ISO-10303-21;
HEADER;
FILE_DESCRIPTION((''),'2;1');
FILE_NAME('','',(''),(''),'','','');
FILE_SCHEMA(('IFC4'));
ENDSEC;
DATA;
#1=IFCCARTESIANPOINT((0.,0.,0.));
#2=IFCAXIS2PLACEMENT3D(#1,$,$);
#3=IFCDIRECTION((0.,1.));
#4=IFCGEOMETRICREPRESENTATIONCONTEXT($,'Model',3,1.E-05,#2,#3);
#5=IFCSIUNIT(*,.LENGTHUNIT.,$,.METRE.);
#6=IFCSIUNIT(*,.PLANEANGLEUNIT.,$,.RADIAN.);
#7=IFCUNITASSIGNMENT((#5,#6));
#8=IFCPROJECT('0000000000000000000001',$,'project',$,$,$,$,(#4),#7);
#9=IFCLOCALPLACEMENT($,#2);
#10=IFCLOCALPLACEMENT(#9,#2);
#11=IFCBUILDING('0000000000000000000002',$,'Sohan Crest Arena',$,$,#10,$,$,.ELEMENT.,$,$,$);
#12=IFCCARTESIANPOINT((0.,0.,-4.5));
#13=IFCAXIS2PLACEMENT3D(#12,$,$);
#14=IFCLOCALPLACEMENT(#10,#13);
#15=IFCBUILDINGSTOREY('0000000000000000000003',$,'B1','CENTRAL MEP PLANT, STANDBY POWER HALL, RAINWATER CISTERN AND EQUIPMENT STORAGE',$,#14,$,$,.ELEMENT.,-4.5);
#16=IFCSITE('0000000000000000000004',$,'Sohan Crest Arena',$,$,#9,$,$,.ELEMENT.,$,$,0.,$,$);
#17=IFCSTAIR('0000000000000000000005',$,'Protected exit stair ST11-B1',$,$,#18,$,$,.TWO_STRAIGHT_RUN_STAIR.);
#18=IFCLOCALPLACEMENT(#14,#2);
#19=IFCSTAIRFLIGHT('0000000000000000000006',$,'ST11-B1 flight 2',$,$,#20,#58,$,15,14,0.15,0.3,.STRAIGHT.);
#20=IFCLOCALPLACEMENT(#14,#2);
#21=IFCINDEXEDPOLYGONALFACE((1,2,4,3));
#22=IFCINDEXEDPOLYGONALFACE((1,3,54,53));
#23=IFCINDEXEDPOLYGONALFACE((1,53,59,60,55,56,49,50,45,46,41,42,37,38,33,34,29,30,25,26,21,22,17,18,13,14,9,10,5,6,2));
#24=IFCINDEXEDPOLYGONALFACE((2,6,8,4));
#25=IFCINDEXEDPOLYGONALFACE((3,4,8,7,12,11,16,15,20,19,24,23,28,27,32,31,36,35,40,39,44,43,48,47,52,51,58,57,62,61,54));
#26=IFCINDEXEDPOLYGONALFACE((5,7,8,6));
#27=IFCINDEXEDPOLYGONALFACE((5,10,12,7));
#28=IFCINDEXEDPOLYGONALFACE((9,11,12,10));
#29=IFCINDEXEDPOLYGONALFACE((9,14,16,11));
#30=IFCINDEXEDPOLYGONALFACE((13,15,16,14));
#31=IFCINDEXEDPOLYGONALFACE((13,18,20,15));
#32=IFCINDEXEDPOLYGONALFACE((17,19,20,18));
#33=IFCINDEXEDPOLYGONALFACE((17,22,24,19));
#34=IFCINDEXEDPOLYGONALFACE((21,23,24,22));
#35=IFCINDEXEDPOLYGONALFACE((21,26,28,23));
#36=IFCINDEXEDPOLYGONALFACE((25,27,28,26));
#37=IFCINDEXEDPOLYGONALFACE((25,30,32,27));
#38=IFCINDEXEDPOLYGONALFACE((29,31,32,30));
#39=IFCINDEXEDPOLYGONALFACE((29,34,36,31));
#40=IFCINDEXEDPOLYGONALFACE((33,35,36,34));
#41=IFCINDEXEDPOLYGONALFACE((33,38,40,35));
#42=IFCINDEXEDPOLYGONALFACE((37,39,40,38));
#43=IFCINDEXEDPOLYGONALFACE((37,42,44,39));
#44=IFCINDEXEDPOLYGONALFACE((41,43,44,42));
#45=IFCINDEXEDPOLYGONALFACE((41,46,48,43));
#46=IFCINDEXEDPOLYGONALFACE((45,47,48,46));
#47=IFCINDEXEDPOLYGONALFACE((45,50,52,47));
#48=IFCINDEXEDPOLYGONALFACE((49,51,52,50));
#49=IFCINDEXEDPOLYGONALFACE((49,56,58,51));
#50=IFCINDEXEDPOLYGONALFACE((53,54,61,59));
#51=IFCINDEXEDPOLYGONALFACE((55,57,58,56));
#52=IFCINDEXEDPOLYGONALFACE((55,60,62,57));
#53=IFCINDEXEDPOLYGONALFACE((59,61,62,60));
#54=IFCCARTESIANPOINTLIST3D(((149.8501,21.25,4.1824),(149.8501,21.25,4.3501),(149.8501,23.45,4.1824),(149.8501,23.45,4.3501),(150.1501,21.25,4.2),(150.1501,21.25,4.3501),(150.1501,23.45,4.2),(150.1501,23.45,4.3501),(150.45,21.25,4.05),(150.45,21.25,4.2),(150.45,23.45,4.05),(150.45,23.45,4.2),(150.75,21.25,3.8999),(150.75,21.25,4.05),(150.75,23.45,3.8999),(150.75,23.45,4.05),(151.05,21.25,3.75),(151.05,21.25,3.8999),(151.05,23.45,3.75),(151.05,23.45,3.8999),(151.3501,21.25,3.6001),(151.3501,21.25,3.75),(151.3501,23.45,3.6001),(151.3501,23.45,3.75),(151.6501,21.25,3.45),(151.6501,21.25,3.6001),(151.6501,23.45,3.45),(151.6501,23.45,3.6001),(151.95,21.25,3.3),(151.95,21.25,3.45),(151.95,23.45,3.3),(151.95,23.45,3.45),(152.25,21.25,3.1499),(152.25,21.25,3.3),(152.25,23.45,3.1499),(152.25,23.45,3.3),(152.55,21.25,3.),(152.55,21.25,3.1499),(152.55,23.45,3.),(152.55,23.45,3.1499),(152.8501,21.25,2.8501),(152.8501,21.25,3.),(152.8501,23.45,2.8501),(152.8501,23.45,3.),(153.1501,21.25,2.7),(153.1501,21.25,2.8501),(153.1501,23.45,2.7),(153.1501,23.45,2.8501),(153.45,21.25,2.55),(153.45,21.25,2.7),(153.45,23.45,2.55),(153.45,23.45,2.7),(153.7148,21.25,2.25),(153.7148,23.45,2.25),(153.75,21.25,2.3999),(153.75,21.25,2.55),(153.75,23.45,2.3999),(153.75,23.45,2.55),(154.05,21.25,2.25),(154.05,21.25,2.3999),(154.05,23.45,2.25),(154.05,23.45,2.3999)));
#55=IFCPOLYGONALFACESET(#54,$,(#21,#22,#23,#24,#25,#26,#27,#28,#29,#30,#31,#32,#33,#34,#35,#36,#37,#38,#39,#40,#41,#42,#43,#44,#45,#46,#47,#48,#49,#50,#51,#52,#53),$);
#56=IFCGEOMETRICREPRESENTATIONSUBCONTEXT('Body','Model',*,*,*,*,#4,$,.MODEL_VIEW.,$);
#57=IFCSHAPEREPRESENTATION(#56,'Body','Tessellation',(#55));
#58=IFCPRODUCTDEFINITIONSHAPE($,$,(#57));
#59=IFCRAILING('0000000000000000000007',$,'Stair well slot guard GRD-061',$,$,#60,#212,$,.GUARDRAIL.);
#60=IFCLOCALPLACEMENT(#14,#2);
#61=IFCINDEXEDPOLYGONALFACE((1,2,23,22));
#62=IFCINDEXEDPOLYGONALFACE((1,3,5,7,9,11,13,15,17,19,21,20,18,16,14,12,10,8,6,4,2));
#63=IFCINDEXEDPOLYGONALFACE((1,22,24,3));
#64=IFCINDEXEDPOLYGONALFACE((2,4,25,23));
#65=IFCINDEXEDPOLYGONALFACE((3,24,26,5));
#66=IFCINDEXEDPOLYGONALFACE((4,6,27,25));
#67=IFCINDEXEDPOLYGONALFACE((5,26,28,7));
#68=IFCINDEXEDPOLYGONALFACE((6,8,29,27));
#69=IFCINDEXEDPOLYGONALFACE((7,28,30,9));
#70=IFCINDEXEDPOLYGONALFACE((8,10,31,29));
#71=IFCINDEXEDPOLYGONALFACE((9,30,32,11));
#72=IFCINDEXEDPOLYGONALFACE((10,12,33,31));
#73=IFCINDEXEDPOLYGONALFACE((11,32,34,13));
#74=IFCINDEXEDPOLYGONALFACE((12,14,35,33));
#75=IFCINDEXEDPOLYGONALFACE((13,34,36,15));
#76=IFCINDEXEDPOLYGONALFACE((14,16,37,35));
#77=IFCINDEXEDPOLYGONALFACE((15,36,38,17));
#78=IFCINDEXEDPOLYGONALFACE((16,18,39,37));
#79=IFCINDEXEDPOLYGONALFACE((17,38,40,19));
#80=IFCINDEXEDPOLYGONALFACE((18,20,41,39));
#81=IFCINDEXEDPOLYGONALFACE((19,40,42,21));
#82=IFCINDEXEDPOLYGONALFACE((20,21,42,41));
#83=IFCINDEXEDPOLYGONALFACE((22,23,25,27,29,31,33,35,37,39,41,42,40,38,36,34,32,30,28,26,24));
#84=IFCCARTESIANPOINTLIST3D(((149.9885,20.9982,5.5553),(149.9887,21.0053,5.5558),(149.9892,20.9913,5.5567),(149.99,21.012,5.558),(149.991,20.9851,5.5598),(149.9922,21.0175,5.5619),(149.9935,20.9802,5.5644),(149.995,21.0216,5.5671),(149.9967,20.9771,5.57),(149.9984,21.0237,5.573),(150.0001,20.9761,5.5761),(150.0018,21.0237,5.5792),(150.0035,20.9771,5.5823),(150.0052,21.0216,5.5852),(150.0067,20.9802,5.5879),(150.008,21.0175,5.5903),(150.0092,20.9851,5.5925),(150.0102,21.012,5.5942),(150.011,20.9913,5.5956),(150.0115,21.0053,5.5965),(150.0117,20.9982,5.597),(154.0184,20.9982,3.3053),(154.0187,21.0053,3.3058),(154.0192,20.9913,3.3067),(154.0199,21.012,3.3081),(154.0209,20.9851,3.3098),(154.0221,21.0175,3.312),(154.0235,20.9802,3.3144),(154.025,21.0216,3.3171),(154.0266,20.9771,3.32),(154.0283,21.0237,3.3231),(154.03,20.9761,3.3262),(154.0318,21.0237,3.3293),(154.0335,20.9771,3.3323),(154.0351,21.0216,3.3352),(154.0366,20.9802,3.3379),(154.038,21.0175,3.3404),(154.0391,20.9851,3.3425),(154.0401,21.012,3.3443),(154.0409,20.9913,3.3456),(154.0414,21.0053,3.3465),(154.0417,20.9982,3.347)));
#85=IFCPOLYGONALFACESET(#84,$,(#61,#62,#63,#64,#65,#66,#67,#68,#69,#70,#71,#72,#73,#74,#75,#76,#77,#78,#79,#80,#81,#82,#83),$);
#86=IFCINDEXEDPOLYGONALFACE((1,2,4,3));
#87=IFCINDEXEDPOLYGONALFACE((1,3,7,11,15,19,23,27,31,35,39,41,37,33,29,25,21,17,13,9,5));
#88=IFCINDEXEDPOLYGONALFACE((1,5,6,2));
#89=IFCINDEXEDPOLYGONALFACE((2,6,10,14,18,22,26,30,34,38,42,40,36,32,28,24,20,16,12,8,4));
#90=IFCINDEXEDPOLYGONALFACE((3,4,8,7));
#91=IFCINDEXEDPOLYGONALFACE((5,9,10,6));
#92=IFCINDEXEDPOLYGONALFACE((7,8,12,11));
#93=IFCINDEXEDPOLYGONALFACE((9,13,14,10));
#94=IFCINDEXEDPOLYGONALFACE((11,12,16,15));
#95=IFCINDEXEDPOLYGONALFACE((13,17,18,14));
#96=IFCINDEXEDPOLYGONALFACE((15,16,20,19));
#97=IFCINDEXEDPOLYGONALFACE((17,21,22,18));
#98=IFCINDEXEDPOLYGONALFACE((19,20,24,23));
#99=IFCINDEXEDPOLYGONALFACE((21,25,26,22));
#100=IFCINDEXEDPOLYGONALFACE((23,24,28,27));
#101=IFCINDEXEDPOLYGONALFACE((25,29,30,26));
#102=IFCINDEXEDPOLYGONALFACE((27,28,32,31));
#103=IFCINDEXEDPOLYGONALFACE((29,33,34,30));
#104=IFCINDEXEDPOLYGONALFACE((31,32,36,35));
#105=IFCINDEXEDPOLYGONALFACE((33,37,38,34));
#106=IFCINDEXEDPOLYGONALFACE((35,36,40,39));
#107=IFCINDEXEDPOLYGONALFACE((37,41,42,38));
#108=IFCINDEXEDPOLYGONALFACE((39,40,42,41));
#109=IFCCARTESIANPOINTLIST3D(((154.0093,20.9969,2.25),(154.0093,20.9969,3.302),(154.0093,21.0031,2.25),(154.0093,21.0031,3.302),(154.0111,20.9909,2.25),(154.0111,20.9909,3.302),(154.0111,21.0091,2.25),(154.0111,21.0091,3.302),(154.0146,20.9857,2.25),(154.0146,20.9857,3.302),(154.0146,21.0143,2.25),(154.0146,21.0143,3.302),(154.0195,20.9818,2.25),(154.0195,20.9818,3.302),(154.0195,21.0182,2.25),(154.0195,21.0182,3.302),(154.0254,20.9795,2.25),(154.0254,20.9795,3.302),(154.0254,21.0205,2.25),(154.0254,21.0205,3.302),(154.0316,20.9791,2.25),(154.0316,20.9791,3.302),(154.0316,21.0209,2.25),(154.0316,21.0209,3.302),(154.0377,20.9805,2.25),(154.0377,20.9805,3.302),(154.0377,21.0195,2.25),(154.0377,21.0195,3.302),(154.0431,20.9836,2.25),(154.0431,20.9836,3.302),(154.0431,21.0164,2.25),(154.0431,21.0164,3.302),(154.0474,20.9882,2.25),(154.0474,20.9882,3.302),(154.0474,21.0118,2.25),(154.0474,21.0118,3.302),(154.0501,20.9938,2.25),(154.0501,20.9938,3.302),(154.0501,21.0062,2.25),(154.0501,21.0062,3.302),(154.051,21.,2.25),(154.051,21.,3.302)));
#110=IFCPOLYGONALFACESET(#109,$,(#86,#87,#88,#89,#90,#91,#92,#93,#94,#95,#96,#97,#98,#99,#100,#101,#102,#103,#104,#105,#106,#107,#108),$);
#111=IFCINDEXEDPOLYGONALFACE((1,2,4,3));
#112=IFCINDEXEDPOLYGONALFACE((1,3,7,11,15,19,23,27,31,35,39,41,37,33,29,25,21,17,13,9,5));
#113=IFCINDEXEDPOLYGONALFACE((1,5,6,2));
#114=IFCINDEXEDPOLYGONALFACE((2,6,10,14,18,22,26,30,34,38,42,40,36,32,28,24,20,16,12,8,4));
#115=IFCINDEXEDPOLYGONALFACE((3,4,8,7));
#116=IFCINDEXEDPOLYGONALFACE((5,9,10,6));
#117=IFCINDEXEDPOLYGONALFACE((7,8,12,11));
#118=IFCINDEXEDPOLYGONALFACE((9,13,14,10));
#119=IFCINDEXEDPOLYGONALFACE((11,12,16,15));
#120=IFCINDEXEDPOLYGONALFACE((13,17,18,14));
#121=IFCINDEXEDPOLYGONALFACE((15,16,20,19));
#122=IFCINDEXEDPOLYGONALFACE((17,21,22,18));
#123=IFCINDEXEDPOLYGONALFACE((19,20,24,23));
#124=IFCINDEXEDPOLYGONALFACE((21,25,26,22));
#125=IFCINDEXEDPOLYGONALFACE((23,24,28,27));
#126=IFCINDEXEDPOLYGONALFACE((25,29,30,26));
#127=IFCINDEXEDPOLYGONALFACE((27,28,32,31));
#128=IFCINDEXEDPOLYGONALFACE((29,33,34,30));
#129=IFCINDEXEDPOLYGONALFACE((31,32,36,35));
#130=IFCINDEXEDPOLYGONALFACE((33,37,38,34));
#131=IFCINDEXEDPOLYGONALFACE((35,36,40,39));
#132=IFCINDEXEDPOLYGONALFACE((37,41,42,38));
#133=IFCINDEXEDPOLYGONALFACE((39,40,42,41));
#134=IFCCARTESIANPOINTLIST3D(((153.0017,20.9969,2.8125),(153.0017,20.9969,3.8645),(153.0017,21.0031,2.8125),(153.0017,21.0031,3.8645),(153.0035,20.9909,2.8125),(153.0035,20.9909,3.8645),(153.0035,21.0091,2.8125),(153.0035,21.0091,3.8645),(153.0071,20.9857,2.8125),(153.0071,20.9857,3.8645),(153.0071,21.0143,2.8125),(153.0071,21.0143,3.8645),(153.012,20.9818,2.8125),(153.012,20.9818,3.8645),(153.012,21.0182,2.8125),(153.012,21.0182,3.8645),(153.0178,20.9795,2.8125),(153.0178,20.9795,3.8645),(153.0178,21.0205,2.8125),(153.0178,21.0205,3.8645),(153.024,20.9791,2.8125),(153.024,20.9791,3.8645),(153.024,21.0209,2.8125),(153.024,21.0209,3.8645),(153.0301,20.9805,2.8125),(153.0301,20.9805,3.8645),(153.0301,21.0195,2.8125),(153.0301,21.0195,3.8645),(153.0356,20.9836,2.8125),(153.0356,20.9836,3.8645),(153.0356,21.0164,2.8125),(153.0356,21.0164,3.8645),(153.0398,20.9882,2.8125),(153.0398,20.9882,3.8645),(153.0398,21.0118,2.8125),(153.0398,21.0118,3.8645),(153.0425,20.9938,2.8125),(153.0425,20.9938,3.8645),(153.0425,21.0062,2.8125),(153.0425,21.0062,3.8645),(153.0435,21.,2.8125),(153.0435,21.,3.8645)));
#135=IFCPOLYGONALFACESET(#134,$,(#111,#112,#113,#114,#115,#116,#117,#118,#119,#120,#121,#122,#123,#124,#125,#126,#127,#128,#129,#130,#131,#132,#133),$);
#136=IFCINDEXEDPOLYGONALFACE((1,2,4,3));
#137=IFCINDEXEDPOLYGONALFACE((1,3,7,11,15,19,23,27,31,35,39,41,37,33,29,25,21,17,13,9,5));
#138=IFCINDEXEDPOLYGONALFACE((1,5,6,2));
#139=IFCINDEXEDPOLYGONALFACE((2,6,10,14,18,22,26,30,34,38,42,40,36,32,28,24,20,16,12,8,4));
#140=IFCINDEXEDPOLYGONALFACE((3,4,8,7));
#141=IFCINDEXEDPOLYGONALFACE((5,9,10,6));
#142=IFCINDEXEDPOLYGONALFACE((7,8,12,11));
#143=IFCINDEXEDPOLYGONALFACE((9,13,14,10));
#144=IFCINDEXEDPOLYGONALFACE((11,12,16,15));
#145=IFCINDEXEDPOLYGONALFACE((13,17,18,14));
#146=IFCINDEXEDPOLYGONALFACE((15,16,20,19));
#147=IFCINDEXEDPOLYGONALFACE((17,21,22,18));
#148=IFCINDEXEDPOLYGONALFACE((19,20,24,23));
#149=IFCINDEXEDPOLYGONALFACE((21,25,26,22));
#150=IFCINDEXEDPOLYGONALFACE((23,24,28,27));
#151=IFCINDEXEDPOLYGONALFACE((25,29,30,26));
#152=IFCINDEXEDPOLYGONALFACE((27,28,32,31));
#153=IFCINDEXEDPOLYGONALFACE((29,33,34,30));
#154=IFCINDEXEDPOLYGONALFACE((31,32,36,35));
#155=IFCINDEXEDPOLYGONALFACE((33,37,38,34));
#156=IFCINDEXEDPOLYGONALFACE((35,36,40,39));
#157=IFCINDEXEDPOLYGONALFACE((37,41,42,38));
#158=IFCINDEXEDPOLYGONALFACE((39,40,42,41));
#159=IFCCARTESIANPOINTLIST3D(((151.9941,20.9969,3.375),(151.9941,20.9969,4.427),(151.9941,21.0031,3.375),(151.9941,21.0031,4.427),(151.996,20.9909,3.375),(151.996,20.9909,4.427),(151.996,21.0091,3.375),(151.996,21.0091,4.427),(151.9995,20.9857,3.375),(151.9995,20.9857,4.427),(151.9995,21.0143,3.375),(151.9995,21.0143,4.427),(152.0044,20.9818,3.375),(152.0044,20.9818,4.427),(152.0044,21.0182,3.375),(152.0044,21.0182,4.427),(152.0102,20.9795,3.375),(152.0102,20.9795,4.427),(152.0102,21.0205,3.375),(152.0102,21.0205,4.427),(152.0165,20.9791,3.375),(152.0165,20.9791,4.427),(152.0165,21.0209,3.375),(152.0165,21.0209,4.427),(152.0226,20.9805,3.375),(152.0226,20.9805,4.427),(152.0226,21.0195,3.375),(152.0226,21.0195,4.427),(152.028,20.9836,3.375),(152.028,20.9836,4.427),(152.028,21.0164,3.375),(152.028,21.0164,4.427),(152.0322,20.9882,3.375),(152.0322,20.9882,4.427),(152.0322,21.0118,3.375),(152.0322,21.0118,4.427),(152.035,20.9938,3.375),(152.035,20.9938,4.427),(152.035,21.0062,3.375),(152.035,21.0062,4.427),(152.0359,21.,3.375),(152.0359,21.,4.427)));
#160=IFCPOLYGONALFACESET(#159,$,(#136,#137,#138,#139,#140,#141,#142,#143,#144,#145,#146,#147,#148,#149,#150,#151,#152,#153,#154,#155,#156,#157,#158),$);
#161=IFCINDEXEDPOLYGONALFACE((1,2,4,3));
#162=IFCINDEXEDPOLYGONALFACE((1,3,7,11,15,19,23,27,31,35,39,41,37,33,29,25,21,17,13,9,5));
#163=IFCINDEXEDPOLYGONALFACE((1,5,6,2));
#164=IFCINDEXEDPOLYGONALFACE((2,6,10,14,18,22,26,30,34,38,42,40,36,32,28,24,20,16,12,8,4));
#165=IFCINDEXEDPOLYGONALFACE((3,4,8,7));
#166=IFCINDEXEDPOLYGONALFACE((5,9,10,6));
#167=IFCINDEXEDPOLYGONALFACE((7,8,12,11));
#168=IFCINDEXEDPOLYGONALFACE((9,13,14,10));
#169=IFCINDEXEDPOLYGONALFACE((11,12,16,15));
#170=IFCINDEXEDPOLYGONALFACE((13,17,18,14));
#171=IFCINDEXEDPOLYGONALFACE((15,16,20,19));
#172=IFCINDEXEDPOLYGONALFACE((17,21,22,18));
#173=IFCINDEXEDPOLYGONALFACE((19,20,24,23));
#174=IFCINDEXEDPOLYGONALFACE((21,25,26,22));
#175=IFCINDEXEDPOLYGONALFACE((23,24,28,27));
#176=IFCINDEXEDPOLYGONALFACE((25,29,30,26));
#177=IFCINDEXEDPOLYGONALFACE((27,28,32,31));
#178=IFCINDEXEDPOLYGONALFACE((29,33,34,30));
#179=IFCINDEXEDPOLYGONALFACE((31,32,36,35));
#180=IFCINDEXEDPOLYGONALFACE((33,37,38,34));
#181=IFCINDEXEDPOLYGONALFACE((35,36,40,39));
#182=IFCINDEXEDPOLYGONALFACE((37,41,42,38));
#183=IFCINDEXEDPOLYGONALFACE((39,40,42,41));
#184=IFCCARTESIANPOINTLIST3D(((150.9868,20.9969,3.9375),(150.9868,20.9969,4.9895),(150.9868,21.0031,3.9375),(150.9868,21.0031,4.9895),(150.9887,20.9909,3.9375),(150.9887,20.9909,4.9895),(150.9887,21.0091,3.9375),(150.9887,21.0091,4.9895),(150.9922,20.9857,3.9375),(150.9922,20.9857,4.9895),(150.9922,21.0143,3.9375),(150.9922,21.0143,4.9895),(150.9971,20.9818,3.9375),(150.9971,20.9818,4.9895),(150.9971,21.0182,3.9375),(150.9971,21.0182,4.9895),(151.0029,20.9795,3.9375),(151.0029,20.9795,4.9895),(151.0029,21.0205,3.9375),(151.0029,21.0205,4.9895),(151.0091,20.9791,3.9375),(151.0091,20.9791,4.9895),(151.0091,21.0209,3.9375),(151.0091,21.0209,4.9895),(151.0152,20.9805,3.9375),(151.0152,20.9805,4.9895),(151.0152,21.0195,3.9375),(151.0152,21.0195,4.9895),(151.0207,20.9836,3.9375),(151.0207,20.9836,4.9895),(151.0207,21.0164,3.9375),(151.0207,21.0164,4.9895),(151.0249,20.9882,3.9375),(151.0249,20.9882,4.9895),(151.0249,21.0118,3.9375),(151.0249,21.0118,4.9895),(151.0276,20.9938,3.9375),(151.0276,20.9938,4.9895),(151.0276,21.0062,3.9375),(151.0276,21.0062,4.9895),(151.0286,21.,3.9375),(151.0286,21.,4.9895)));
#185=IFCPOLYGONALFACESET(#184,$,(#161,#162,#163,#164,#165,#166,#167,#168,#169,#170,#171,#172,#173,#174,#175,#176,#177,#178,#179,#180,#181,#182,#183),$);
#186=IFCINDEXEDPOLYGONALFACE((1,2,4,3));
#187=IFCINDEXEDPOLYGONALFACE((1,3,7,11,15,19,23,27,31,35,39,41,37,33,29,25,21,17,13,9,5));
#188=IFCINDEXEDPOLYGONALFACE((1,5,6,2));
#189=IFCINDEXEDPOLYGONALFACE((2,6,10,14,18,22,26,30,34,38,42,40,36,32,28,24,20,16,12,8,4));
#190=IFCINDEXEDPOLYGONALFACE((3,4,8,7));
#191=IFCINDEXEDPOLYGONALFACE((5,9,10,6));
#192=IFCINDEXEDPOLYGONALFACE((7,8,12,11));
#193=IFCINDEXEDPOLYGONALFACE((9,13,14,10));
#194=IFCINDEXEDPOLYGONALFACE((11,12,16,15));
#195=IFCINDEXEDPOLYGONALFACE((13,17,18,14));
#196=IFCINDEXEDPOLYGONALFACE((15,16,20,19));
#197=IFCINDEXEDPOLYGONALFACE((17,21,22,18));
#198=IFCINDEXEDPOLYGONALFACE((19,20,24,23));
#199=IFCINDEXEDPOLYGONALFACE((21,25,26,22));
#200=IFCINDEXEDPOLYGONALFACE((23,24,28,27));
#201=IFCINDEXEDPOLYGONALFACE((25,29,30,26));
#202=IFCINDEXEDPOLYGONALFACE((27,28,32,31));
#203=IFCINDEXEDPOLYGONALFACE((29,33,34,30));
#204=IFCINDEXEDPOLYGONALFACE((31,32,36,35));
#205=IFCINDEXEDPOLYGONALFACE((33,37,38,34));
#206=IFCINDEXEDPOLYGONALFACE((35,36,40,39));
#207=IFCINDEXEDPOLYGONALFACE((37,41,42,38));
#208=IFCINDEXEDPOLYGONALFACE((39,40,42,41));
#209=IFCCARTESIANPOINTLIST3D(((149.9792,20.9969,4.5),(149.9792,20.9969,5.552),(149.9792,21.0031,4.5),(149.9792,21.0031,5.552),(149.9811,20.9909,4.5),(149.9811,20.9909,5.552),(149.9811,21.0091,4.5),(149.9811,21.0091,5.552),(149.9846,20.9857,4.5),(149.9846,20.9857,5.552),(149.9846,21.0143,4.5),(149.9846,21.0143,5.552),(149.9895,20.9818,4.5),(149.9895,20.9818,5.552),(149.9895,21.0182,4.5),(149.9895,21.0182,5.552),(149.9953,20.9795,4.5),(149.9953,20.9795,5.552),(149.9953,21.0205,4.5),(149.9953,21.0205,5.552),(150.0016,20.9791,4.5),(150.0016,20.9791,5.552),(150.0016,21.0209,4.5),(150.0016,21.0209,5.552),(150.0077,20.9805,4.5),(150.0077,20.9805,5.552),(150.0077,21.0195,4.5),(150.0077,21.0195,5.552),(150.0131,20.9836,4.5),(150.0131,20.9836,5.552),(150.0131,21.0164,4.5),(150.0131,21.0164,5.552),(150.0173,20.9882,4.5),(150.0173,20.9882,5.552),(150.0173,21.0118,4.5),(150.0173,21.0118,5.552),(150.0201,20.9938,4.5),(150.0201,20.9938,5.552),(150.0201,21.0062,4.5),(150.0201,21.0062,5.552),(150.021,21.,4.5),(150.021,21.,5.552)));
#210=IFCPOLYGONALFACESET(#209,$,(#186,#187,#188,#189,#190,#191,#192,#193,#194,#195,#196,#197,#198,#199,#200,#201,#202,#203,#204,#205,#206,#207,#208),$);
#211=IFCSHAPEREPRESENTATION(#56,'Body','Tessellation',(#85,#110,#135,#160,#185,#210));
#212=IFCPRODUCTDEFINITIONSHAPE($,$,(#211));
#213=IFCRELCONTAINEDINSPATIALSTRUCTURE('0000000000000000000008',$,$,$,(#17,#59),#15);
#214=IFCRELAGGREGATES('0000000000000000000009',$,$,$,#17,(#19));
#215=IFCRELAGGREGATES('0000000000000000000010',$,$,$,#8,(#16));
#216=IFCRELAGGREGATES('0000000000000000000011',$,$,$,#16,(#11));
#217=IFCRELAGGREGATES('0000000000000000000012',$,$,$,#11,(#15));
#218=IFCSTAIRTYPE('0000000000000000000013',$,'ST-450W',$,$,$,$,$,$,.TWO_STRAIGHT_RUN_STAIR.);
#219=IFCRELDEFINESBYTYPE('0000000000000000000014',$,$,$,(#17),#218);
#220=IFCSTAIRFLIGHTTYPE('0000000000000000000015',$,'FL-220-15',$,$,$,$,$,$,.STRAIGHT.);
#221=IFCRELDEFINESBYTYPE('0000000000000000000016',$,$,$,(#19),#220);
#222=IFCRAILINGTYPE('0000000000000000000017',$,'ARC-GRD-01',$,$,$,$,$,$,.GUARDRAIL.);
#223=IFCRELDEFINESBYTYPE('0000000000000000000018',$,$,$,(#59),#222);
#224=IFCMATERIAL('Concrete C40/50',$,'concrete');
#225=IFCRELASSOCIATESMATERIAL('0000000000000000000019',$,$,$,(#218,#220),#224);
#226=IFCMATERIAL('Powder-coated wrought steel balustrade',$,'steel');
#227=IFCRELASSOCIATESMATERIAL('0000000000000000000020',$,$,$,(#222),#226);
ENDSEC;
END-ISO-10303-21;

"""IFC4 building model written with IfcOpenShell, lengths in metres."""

from ifc_helpers import new_model, si_unit, direction, frame, origin, origin_2d, place, context, subcontext, project, spatial, polyline, circle, outline, extrude, material, type_object, element, aggregate, save


model = new_model("IFC4")

# Units and contexts
model_context = context("Model", 3, precision=1e-05, world=origin(), true_north=direction((0.0, 1.0)))
body_context = subcontext(model_context, "Body", "Model", "MODEL_VIEW")
ifc_project = project(units=[si_unit("LENGTHUNIT", "METRE"), si_unit("PLANEANGLEUNIT", "RADIAN")], contexts=[model_context])

# Site, building, storey
site_placement = place(None, origin())
site = spatial("IfcSite", under=ifc_project, at=site_placement, Name="Sohan Crest Arena", CompositionType="ELEMENT", RefElevation=0.0)
building_placement = place(site_placement, origin())
building = spatial("IfcBuilding", under=site, at=building_placement, Name="Sohan Crest Arena", CompositionType="ELEMENT")
storey_placement = place(building_placement, frame((0.0, 0.0, -4.5)))
storey = spatial("IfcBuildingStorey", under=building, at=storey_placement, Name="B1", Description="CENTRAL MEP PLANT, STANDBY POWER HALL, RAINWATER CISTERN AND EQUIPMENT STORAGE", CompositionType="ELEMENT", Elevation=-4.5)

# Shared definitions
ifc_material_1 = material(Name="Concrete C40/50", Category="concrete")

# Stair, stair flight
stair_type = type_object("IfcStairType", Name="ST-450W", PredefinedType="TWO_STRAIGHT_RUN_STAIR", material=ifc_material_1)
stair_placement = place(storey_placement, origin())
stair = element("IfcStair", 1, at=stair_placement, inside=storey, type_object=stair_type, Name="Protected exit stair ST11-B1", PredefinedType="TWO_STRAIGHT_RUN_STAIR")
stair_flight_type = type_object("IfcStairFlightType", Name="FL-220-15", PredefinedType="STRAIGHT", material=ifc_material_1)
stair_flight_1_placement = place(storey_placement, frame((154.05, 22.3501, 2.25), z_axis=(0.0, 0.0, 1.0), x_axis=(-1.0, 0.0, 0.0)))
stair_flight_1 = element("IfcStairFlight", 2, at=stair_flight_1_placement, type_object=stair_flight_type, Name="ST11-B1 flight 2", NumberOfRisers=15, NumberOfTreads=14, PredefinedType="STRAIGHT", RiserHeight=0.15, TreadLength=0.3, context=body_context, shape_type="SweptSolid", body=[
    extrude(outline(polyline([(0.0, 0.0), (0.0, 0.1499), (0.3, 0.1499), (0.3, 0.3), (0.6001, 0.3), (0.6001, 0.45), (0.8999, 0.45), (0.8999, 0.6001), (1.2, 0.6001), (1.2, 0.75), (1.5, 0.75), (1.5, 0.8999), (1.8, 0.8999), (1.8, 1.05), (2.1001, 1.05), (2.1001, 1.2), (2.3999, 1.2), (2.3999, 1.3501), (2.7, 1.3501), (2.7, 1.5), (3.0, 1.5), (3.0, 1.6499), (3.3, 1.6499), (3.3, 1.8), (3.6001, 1.8), (3.6001, 1.95), (3.8999, 1.95), (3.8999, 2.1001), (4.2, 2.1001), (4.2, 2.25), (4.2, 1.9324), (0.3352, 0.0), (0.0, 0.0)])), frame((0.0, 1.1001, 0.0), z_axis=(0.0, -1.0, 0.0), x_axis=(1.0, 0.0, 0.0)), (0.0, 0.0, 1.0), 2.2),
])
aggregate(stair, [stair_flight_1])

# Railing
ifc_material_2 = material(Name="Powder-coated wrought steel balustrade", Category="steel")
railing_type_1 = type_object("IfcRailingType", Name="ARC-GRD-01", PredefinedType="GUARDRAIL", material=ifc_material_2)
railing_1_placement = place(storey_placement, frame((154.03, 21.0, 2.25)))
element("IfcRailing", 3, at=railing_1_placement, inside=storey, type_object=railing_type_1, Name="Stair well slot guard GRD-061", PredefinedType="GUARDRAIL", context=body_context, shape_type="SweptSolid", body=[
    extrude(circle(Radius=0.0239, at=origin_2d()), frame((0.0, 0.0, 1.0762), z_axis=(-0.873135, 0.0, 0.487479), x_axis=(0.0, -1.0, 0.0)), (0.0, 0.0, 1.0), 4.6155),
    extrude(circle(Radius=0.021, at=origin_2d()), origin(), (0.0, 0.0, 1.0), 1.052),
    extrude(circle(Radius=0.021, at=origin_2d()), frame((-1.0076, 0.0, 0.5625)), (0.0, 0.0, 1.0), 1.052),
    extrude(circle(Radius=0.021, at=origin_2d()), frame((-2.0151, 0.0, 1.125)), (0.0, 0.0, 1.0), 1.052),
    extrude(circle(Radius=0.021, at=origin_2d()), frame((-3.0225, 0.0, 1.6875)), (0.0, 0.0, 1.0), 1.052),
    extrude(circle(Radius=0.021, at=origin_2d()), frame((-4.03, 0.0, 2.25)), (0.0, 0.0, 1.0), 1.052),
])

save(model, "model.ifc")
